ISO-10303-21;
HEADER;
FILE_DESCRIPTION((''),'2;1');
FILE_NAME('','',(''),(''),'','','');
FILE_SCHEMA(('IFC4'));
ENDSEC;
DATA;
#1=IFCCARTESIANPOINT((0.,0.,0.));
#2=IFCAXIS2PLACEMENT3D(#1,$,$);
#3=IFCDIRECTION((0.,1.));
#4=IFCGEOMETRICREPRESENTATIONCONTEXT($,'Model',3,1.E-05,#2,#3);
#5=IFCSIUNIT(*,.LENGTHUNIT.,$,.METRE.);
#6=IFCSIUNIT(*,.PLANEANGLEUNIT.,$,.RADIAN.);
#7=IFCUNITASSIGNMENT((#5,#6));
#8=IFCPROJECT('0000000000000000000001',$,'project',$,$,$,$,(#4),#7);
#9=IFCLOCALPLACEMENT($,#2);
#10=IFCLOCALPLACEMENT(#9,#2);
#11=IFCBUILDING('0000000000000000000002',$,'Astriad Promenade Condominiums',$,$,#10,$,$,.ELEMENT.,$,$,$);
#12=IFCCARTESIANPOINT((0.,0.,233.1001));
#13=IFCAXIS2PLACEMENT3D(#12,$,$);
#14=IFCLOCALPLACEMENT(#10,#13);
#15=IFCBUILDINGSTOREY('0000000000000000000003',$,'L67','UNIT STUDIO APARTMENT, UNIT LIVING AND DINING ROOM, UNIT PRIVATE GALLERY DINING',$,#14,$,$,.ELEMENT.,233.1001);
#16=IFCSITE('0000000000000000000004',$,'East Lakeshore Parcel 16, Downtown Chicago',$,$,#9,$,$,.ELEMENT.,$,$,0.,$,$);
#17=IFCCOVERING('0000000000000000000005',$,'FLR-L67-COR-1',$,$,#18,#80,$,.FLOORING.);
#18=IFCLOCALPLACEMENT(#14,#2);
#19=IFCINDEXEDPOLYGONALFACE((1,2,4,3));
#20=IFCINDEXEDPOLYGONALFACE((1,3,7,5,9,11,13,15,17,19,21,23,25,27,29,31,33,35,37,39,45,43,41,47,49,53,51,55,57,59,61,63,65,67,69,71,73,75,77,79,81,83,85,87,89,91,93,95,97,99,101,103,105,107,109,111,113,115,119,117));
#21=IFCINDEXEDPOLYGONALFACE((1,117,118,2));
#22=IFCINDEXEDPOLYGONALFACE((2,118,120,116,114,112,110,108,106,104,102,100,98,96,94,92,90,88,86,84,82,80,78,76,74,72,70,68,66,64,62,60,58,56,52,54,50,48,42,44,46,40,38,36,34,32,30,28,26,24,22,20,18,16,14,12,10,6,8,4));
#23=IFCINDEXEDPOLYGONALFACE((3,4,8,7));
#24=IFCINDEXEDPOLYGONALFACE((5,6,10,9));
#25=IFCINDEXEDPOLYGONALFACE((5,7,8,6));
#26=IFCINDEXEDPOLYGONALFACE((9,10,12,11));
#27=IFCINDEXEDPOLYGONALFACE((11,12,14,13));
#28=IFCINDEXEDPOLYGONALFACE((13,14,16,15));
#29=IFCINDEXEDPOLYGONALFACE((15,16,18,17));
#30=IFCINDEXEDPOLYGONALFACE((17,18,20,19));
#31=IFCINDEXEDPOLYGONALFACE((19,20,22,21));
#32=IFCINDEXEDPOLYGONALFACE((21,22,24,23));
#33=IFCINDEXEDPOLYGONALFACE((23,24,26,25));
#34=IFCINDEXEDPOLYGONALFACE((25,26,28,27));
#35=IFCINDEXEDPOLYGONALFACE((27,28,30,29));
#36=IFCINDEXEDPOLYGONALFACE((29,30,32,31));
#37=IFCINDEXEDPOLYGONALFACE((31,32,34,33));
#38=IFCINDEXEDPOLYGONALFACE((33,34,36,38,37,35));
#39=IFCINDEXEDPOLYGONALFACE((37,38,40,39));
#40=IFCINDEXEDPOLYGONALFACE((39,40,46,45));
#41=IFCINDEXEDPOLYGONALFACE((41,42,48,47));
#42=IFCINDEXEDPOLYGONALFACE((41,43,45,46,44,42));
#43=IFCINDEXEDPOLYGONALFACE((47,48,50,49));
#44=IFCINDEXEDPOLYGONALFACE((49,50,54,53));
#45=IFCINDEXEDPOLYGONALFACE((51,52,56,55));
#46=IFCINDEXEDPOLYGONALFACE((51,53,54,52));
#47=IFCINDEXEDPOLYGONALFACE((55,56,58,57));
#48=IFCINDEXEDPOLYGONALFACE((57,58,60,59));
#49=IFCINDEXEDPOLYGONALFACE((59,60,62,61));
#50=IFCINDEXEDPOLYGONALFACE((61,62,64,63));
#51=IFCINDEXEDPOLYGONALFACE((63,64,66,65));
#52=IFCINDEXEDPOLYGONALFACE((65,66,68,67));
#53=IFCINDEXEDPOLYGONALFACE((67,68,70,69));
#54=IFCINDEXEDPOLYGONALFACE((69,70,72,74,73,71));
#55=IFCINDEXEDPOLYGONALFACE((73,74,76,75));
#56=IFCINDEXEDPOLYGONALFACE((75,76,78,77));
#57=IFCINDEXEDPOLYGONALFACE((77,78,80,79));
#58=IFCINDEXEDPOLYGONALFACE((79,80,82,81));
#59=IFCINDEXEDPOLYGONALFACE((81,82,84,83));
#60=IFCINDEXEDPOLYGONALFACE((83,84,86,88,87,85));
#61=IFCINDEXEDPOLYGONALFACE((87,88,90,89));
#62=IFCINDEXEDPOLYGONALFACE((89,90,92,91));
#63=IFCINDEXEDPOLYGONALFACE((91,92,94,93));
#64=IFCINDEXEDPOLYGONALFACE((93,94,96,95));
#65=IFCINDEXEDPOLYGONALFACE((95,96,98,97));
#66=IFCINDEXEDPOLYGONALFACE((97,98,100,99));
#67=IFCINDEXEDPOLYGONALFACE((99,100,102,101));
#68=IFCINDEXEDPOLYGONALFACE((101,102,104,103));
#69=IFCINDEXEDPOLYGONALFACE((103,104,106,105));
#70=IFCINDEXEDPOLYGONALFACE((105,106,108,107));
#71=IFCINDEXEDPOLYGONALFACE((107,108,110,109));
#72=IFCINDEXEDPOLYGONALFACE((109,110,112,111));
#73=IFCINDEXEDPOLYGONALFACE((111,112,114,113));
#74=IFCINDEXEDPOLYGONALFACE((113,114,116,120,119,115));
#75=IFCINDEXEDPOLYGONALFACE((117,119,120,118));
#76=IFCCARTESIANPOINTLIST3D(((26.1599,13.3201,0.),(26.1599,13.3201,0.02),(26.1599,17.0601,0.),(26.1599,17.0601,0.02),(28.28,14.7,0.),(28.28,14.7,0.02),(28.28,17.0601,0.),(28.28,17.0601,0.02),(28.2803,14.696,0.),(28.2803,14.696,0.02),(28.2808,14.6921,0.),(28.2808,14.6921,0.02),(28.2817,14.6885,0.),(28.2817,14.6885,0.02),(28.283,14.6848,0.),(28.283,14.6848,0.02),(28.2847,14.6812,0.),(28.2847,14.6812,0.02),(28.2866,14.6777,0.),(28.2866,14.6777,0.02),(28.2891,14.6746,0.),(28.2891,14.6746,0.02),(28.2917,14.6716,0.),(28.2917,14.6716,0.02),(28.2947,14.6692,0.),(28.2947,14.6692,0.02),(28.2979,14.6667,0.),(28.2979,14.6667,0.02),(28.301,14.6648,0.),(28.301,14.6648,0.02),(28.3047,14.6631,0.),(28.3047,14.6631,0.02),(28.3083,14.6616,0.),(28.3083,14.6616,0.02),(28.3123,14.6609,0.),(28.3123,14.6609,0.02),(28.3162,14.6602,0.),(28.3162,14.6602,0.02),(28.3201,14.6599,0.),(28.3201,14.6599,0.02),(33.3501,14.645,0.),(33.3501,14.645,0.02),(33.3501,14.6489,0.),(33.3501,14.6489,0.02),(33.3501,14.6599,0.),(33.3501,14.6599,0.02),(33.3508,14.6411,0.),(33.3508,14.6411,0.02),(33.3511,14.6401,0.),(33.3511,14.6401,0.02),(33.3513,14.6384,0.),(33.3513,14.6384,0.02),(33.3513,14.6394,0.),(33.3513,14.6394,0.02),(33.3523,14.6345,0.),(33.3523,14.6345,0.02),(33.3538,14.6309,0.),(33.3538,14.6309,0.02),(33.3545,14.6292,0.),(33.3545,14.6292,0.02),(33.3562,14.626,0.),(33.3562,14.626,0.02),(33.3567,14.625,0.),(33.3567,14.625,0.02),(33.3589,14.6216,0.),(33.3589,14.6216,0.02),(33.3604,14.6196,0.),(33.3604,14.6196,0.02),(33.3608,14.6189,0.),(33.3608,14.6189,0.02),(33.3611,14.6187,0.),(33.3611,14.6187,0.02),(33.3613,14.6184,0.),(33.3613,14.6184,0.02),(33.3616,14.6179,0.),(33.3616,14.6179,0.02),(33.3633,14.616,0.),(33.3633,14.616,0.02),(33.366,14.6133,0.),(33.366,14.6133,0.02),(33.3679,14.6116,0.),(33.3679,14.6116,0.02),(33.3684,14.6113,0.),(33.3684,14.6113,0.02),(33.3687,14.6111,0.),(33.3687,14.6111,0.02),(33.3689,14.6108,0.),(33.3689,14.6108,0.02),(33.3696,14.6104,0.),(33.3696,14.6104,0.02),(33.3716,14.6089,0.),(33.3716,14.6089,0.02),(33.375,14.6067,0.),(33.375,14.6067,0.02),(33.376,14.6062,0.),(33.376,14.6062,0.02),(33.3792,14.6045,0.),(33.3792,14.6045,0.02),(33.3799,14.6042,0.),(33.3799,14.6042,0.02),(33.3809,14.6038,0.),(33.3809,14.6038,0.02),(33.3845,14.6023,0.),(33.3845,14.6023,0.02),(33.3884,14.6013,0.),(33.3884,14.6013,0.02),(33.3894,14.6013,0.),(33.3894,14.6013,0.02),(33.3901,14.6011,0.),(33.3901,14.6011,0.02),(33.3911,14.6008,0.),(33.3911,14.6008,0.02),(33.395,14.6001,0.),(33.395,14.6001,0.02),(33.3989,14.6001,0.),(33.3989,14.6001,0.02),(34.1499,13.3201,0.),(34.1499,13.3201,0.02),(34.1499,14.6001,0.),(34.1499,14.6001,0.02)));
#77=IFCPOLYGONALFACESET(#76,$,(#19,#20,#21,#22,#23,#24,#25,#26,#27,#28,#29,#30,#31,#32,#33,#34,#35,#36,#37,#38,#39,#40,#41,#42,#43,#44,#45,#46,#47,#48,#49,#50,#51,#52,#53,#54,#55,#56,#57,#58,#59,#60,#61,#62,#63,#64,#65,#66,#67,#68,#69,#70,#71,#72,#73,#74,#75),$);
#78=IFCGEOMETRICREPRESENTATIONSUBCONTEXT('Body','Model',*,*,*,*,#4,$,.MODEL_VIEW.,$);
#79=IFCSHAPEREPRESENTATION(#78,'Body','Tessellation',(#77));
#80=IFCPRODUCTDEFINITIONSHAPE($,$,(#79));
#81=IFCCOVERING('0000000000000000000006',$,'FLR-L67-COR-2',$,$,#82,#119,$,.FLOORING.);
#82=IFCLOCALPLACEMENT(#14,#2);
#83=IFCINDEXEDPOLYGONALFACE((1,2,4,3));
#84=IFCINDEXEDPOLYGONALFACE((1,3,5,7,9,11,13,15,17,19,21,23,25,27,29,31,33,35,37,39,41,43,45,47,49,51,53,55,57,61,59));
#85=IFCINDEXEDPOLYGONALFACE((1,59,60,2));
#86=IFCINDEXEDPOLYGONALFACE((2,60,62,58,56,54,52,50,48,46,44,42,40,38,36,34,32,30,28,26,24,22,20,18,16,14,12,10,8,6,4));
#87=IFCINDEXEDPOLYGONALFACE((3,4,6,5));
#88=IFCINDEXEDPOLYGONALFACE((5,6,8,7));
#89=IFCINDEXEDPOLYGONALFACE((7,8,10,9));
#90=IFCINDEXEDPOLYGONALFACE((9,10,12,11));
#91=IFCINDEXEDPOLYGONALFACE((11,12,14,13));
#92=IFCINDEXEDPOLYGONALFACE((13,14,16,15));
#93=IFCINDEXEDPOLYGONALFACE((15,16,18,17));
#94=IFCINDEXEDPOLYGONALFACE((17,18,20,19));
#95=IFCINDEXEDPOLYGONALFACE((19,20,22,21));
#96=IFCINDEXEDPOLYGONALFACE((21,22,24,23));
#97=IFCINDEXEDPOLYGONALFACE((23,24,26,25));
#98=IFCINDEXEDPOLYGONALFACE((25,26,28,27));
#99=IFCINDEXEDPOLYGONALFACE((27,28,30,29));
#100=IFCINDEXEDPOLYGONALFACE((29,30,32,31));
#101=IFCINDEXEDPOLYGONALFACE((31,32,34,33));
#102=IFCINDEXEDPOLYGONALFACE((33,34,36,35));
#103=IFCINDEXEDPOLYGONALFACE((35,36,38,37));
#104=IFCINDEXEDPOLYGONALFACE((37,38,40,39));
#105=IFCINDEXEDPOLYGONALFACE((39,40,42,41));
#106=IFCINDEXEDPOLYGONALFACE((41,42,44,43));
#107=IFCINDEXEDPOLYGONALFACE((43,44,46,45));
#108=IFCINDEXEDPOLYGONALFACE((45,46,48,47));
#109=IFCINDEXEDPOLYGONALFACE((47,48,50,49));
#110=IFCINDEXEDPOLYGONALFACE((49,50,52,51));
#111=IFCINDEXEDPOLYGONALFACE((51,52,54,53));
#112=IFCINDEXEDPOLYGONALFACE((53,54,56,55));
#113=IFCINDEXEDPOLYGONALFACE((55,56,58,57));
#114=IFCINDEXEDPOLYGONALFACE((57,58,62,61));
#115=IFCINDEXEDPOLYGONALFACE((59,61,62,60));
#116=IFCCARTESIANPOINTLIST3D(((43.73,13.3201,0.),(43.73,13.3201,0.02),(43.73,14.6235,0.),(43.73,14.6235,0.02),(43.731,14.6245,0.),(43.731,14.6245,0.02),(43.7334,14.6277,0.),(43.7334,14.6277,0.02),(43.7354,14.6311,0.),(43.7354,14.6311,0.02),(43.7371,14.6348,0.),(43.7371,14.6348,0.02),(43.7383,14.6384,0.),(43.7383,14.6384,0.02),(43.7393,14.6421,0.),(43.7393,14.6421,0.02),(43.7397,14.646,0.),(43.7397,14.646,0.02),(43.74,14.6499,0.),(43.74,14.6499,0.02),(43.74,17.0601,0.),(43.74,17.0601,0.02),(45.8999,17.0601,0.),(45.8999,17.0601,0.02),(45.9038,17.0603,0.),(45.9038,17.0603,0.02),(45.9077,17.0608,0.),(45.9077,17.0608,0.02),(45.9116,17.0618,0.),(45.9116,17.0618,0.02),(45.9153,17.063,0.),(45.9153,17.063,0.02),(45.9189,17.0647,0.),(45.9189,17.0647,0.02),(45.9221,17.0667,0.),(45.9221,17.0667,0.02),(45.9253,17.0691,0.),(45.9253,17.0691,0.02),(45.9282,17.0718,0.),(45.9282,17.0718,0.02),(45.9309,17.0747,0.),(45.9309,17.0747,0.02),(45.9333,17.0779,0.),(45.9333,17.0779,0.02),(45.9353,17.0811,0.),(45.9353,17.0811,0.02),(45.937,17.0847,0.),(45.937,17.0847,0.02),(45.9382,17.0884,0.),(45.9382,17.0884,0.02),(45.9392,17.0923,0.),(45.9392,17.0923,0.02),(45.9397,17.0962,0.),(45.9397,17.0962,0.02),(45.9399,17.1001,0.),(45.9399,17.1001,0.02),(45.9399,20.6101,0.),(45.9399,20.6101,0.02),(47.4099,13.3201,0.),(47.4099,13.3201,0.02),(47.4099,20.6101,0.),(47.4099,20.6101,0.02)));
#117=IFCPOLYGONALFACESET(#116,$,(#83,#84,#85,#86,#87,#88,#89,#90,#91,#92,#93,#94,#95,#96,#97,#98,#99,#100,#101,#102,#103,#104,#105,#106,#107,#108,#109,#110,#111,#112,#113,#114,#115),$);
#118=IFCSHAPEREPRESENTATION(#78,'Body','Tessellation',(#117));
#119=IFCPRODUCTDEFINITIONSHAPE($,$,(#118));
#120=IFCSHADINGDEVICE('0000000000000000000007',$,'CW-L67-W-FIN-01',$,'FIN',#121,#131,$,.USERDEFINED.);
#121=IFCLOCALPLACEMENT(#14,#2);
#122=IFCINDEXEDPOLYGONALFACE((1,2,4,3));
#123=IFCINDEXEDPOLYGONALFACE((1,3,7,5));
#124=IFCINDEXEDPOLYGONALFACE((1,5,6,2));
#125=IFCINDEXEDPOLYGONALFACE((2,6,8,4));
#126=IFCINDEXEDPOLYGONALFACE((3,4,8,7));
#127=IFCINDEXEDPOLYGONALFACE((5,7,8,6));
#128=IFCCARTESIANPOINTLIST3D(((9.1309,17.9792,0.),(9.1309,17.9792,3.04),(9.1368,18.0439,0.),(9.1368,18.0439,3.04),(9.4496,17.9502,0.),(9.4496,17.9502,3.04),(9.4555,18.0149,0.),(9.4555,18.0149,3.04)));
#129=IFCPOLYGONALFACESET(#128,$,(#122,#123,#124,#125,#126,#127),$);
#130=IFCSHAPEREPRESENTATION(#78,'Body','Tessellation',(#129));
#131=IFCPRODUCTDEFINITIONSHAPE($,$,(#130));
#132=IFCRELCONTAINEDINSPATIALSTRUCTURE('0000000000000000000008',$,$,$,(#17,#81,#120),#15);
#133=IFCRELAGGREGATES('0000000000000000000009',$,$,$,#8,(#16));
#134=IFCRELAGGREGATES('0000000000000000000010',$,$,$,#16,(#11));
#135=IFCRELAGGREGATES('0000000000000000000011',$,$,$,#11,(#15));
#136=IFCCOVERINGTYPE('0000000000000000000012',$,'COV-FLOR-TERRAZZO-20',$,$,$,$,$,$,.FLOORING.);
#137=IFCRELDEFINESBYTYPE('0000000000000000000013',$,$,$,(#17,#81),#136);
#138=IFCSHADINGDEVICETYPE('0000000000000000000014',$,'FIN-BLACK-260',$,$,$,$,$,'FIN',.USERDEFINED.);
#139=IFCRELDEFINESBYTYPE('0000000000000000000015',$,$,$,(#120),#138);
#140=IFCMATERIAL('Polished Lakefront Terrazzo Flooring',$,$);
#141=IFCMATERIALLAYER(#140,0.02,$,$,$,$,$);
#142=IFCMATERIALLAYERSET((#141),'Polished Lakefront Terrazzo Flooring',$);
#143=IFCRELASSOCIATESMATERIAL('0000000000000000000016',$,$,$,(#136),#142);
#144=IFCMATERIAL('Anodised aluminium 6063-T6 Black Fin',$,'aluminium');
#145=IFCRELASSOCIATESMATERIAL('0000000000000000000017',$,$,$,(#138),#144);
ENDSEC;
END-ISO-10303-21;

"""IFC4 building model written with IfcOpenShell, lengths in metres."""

from ifc_helpers import new_model, si_unit, direction, frame, origin, origin_2d, place, context, subcontext, project, spatial, polyline, rectangle, outline, extrude, source, transform, mapped, material, layer, layer_set, type_object, type_shapes, element, save


model = new_model("IFC4")

# Units and contexts
model_context = context("Model", 3, precision=1e-05, world=origin(), true_north=direction((0.0, 1.0)))
body_context = subcontext(model_context, "Body", "Model", "MODEL_VIEW")
ifc_project = project(units=[si_unit("LENGTHUNIT", "METRE"), si_unit("PLANEANGLEUNIT", "RADIAN")], contexts=[model_context])

# Site, building, storey
site_placement = place(None, origin())
site = spatial("IfcSite", under=ifc_project, at=site_placement, Name="East Lakeshore Parcel 16, Downtown Chicago", CompositionType="ELEMENT", RefElevation=0.0)
building_placement = place(site_placement, origin())
building = spatial("IfcBuilding", under=site, at=building_placement, Name="Astriad Promenade Condominiums", CompositionType="ELEMENT")
storey_placement = place(building_placement, frame((0.0, 0.0, 233.1001)))
storey = spatial("IfcBuildingStorey", under=building, at=storey_placement, Name="L67", Description="UNIT STUDIO APARTMENT, UNIT LIVING AND DINING ROOM, UNIT PRIVATE GALLERY DINING", CompositionType="ELEMENT", Elevation=233.1001)

# Coverings
ifc_material_1 = material(Name="Polished Lakefront Terrazzo Flooring")
ifc_layer_1 = layer(ifc_material_1, 0.02)
ifc_layer_set_1 = layer_set([ifc_layer_1], Name="Polished Lakefront Terrazzo Flooring")
covering_type = type_object("IfcCoveringType", Name="COV-FLOR-TERRAZZO-20", PredefinedType="FLOORING", material=ifc_layer_set_1)
covering_1_placement = place(storey_placement, origin())
element("IfcCovering", 1, at=covering_1_placement, inside=storey, type_object=covering_type, Name="FLR-L67-COR-1", PredefinedType="FLOORING", context=body_context, shape_type="SweptSolid", body=[
    extrude(outline(polyline([(26.1599, 13.3201), (26.1599, 17.0601), (28.28, 17.0601), (28.28, 14.7), (28.2803, 14.696), (28.2808, 14.6921), (28.2817, 14.6885), (28.283, 14.6848), (28.2847, 14.6812), (28.2866, 14.6777), (28.2891, 14.6746), (28.2917, 14.6716), (28.2947, 14.6692), (28.2979, 14.6667), (28.301, 14.6648), (28.3047, 14.6631), (28.3083, 14.6616), (28.3123, 14.6609), (28.3162, 14.6602), (28.3201, 14.6599), (33.3501, 14.6599), (33.3501, 14.6489), (33.3501, 14.645), (33.3508, 14.6411), (33.3511, 14.6401), (33.3513, 14.6394), (33.3513, 14.6384), (33.3523, 14.6345), (33.3538, 14.6309), (33.3545, 14.6292), (33.3562, 14.626), (33.3567, 14.625), (33.3589, 14.6216), (33.3604, 14.6196), (33.3608, 14.6189), (33.3611, 14.6187), (33.3613, 14.6184), (33.3616, 14.6179), (33.3633, 14.616), (33.366, 14.6133), (33.3679, 14.6116), (33.3684, 14.6113), (33.3687, 14.6111), (33.3689, 14.6108), (33.3696, 14.6104), (33.3716, 14.6089), (33.375, 14.6067), (33.376, 14.6062), (33.3792, 14.6045), (33.3799, 14.6042), (33.3809, 14.6038), (33.3845, 14.6023), (33.3884, 14.6013), (33.3894, 14.6013), (33.3901, 14.6011), (33.3911, 14.6008), (33.395, 14.6001), (33.3989, 14.6001), (34.1499, 14.6001), (34.1499, 13.3201), (26.1599, 13.3201)])), origin(), (0.0, 0.0, 1.0), 0.02),
])
covering_2_placement = place(storey_placement, origin())
element("IfcCovering", 2, at=covering_2_placement, inside=storey, type_object=covering_type, Name="FLR-L67-COR-2", PredefinedType="FLOORING", context=body_context, shape_type="SweptSolid", body=[
    extrude(outline(polyline([(43.73, 14.6235), (43.731, 14.6245), (43.7334, 14.6277), (43.7354, 14.6311), (43.7371, 14.6348), (43.7383, 14.6384), (43.7393, 14.6421), (43.7397, 14.646), (43.74, 14.6499), (43.74, 17.0601), (45.8999, 17.0601), (45.9038, 17.0603), (45.9077, 17.0608), (45.9116, 17.0618), (45.9153, 17.063), (45.9189, 17.0647), (45.9221, 17.0667), (45.9253, 17.0691), (45.9282, 17.0718), (45.9309, 17.0747), (45.9333, 17.0779), (45.9353, 17.0811), (45.937, 17.0847), (45.9382, 17.0884), (45.9392, 17.0923), (45.9397, 17.0962), (45.9399, 17.1001), (45.9399, 20.6101), (47.4099, 20.6101), (47.4099, 13.3201), (43.73, 13.3201), (43.73, 14.6235)])), origin(), (0.0, 0.0, 1.0), 0.02),
])

# Shading device
ifc_material_2 = material(Name="Anodised aluminium 6063-T6 Black Fin", Category="aluminium")
shading_device_type = type_object("IfcShadingDeviceType", Name="FIN-BLACK-260", ElementType="FIN", PredefinedType="USERDEFINED", material=ifc_material_2)
shared_shape_1 = source(origin(), body_context, "Body", "SweptSolid", [
    extrude(rectangle(XDim=0.0649, YDim=0.3201, at=origin_2d()), origin(), (0.0, 0.0, 1.0), 3.04),
])
type_shapes(shading_device_type, [shared_shape_1])
shading_device_placement = place(storey_placement, frame((9.2932, 17.9971, 0.0), z_axis=(0.0, 0.0, 1.0), x_axis=(0.090633, 0.995884, 0.0)))
element("IfcShadingDevice", 3, at=shading_device_placement, inside=storey, type_object=shading_device_type, Name="CW-L67-W-FIN-01", ObjectType="FIN", PredefinedType="USERDEFINED", context=body_context, shape_type="MappedRepresentation", body=[
    mapped(shared_shape_1, transform((0.0, 0.0, 0.0), scale=1.0)),
])

save(model, "model.ifc")
